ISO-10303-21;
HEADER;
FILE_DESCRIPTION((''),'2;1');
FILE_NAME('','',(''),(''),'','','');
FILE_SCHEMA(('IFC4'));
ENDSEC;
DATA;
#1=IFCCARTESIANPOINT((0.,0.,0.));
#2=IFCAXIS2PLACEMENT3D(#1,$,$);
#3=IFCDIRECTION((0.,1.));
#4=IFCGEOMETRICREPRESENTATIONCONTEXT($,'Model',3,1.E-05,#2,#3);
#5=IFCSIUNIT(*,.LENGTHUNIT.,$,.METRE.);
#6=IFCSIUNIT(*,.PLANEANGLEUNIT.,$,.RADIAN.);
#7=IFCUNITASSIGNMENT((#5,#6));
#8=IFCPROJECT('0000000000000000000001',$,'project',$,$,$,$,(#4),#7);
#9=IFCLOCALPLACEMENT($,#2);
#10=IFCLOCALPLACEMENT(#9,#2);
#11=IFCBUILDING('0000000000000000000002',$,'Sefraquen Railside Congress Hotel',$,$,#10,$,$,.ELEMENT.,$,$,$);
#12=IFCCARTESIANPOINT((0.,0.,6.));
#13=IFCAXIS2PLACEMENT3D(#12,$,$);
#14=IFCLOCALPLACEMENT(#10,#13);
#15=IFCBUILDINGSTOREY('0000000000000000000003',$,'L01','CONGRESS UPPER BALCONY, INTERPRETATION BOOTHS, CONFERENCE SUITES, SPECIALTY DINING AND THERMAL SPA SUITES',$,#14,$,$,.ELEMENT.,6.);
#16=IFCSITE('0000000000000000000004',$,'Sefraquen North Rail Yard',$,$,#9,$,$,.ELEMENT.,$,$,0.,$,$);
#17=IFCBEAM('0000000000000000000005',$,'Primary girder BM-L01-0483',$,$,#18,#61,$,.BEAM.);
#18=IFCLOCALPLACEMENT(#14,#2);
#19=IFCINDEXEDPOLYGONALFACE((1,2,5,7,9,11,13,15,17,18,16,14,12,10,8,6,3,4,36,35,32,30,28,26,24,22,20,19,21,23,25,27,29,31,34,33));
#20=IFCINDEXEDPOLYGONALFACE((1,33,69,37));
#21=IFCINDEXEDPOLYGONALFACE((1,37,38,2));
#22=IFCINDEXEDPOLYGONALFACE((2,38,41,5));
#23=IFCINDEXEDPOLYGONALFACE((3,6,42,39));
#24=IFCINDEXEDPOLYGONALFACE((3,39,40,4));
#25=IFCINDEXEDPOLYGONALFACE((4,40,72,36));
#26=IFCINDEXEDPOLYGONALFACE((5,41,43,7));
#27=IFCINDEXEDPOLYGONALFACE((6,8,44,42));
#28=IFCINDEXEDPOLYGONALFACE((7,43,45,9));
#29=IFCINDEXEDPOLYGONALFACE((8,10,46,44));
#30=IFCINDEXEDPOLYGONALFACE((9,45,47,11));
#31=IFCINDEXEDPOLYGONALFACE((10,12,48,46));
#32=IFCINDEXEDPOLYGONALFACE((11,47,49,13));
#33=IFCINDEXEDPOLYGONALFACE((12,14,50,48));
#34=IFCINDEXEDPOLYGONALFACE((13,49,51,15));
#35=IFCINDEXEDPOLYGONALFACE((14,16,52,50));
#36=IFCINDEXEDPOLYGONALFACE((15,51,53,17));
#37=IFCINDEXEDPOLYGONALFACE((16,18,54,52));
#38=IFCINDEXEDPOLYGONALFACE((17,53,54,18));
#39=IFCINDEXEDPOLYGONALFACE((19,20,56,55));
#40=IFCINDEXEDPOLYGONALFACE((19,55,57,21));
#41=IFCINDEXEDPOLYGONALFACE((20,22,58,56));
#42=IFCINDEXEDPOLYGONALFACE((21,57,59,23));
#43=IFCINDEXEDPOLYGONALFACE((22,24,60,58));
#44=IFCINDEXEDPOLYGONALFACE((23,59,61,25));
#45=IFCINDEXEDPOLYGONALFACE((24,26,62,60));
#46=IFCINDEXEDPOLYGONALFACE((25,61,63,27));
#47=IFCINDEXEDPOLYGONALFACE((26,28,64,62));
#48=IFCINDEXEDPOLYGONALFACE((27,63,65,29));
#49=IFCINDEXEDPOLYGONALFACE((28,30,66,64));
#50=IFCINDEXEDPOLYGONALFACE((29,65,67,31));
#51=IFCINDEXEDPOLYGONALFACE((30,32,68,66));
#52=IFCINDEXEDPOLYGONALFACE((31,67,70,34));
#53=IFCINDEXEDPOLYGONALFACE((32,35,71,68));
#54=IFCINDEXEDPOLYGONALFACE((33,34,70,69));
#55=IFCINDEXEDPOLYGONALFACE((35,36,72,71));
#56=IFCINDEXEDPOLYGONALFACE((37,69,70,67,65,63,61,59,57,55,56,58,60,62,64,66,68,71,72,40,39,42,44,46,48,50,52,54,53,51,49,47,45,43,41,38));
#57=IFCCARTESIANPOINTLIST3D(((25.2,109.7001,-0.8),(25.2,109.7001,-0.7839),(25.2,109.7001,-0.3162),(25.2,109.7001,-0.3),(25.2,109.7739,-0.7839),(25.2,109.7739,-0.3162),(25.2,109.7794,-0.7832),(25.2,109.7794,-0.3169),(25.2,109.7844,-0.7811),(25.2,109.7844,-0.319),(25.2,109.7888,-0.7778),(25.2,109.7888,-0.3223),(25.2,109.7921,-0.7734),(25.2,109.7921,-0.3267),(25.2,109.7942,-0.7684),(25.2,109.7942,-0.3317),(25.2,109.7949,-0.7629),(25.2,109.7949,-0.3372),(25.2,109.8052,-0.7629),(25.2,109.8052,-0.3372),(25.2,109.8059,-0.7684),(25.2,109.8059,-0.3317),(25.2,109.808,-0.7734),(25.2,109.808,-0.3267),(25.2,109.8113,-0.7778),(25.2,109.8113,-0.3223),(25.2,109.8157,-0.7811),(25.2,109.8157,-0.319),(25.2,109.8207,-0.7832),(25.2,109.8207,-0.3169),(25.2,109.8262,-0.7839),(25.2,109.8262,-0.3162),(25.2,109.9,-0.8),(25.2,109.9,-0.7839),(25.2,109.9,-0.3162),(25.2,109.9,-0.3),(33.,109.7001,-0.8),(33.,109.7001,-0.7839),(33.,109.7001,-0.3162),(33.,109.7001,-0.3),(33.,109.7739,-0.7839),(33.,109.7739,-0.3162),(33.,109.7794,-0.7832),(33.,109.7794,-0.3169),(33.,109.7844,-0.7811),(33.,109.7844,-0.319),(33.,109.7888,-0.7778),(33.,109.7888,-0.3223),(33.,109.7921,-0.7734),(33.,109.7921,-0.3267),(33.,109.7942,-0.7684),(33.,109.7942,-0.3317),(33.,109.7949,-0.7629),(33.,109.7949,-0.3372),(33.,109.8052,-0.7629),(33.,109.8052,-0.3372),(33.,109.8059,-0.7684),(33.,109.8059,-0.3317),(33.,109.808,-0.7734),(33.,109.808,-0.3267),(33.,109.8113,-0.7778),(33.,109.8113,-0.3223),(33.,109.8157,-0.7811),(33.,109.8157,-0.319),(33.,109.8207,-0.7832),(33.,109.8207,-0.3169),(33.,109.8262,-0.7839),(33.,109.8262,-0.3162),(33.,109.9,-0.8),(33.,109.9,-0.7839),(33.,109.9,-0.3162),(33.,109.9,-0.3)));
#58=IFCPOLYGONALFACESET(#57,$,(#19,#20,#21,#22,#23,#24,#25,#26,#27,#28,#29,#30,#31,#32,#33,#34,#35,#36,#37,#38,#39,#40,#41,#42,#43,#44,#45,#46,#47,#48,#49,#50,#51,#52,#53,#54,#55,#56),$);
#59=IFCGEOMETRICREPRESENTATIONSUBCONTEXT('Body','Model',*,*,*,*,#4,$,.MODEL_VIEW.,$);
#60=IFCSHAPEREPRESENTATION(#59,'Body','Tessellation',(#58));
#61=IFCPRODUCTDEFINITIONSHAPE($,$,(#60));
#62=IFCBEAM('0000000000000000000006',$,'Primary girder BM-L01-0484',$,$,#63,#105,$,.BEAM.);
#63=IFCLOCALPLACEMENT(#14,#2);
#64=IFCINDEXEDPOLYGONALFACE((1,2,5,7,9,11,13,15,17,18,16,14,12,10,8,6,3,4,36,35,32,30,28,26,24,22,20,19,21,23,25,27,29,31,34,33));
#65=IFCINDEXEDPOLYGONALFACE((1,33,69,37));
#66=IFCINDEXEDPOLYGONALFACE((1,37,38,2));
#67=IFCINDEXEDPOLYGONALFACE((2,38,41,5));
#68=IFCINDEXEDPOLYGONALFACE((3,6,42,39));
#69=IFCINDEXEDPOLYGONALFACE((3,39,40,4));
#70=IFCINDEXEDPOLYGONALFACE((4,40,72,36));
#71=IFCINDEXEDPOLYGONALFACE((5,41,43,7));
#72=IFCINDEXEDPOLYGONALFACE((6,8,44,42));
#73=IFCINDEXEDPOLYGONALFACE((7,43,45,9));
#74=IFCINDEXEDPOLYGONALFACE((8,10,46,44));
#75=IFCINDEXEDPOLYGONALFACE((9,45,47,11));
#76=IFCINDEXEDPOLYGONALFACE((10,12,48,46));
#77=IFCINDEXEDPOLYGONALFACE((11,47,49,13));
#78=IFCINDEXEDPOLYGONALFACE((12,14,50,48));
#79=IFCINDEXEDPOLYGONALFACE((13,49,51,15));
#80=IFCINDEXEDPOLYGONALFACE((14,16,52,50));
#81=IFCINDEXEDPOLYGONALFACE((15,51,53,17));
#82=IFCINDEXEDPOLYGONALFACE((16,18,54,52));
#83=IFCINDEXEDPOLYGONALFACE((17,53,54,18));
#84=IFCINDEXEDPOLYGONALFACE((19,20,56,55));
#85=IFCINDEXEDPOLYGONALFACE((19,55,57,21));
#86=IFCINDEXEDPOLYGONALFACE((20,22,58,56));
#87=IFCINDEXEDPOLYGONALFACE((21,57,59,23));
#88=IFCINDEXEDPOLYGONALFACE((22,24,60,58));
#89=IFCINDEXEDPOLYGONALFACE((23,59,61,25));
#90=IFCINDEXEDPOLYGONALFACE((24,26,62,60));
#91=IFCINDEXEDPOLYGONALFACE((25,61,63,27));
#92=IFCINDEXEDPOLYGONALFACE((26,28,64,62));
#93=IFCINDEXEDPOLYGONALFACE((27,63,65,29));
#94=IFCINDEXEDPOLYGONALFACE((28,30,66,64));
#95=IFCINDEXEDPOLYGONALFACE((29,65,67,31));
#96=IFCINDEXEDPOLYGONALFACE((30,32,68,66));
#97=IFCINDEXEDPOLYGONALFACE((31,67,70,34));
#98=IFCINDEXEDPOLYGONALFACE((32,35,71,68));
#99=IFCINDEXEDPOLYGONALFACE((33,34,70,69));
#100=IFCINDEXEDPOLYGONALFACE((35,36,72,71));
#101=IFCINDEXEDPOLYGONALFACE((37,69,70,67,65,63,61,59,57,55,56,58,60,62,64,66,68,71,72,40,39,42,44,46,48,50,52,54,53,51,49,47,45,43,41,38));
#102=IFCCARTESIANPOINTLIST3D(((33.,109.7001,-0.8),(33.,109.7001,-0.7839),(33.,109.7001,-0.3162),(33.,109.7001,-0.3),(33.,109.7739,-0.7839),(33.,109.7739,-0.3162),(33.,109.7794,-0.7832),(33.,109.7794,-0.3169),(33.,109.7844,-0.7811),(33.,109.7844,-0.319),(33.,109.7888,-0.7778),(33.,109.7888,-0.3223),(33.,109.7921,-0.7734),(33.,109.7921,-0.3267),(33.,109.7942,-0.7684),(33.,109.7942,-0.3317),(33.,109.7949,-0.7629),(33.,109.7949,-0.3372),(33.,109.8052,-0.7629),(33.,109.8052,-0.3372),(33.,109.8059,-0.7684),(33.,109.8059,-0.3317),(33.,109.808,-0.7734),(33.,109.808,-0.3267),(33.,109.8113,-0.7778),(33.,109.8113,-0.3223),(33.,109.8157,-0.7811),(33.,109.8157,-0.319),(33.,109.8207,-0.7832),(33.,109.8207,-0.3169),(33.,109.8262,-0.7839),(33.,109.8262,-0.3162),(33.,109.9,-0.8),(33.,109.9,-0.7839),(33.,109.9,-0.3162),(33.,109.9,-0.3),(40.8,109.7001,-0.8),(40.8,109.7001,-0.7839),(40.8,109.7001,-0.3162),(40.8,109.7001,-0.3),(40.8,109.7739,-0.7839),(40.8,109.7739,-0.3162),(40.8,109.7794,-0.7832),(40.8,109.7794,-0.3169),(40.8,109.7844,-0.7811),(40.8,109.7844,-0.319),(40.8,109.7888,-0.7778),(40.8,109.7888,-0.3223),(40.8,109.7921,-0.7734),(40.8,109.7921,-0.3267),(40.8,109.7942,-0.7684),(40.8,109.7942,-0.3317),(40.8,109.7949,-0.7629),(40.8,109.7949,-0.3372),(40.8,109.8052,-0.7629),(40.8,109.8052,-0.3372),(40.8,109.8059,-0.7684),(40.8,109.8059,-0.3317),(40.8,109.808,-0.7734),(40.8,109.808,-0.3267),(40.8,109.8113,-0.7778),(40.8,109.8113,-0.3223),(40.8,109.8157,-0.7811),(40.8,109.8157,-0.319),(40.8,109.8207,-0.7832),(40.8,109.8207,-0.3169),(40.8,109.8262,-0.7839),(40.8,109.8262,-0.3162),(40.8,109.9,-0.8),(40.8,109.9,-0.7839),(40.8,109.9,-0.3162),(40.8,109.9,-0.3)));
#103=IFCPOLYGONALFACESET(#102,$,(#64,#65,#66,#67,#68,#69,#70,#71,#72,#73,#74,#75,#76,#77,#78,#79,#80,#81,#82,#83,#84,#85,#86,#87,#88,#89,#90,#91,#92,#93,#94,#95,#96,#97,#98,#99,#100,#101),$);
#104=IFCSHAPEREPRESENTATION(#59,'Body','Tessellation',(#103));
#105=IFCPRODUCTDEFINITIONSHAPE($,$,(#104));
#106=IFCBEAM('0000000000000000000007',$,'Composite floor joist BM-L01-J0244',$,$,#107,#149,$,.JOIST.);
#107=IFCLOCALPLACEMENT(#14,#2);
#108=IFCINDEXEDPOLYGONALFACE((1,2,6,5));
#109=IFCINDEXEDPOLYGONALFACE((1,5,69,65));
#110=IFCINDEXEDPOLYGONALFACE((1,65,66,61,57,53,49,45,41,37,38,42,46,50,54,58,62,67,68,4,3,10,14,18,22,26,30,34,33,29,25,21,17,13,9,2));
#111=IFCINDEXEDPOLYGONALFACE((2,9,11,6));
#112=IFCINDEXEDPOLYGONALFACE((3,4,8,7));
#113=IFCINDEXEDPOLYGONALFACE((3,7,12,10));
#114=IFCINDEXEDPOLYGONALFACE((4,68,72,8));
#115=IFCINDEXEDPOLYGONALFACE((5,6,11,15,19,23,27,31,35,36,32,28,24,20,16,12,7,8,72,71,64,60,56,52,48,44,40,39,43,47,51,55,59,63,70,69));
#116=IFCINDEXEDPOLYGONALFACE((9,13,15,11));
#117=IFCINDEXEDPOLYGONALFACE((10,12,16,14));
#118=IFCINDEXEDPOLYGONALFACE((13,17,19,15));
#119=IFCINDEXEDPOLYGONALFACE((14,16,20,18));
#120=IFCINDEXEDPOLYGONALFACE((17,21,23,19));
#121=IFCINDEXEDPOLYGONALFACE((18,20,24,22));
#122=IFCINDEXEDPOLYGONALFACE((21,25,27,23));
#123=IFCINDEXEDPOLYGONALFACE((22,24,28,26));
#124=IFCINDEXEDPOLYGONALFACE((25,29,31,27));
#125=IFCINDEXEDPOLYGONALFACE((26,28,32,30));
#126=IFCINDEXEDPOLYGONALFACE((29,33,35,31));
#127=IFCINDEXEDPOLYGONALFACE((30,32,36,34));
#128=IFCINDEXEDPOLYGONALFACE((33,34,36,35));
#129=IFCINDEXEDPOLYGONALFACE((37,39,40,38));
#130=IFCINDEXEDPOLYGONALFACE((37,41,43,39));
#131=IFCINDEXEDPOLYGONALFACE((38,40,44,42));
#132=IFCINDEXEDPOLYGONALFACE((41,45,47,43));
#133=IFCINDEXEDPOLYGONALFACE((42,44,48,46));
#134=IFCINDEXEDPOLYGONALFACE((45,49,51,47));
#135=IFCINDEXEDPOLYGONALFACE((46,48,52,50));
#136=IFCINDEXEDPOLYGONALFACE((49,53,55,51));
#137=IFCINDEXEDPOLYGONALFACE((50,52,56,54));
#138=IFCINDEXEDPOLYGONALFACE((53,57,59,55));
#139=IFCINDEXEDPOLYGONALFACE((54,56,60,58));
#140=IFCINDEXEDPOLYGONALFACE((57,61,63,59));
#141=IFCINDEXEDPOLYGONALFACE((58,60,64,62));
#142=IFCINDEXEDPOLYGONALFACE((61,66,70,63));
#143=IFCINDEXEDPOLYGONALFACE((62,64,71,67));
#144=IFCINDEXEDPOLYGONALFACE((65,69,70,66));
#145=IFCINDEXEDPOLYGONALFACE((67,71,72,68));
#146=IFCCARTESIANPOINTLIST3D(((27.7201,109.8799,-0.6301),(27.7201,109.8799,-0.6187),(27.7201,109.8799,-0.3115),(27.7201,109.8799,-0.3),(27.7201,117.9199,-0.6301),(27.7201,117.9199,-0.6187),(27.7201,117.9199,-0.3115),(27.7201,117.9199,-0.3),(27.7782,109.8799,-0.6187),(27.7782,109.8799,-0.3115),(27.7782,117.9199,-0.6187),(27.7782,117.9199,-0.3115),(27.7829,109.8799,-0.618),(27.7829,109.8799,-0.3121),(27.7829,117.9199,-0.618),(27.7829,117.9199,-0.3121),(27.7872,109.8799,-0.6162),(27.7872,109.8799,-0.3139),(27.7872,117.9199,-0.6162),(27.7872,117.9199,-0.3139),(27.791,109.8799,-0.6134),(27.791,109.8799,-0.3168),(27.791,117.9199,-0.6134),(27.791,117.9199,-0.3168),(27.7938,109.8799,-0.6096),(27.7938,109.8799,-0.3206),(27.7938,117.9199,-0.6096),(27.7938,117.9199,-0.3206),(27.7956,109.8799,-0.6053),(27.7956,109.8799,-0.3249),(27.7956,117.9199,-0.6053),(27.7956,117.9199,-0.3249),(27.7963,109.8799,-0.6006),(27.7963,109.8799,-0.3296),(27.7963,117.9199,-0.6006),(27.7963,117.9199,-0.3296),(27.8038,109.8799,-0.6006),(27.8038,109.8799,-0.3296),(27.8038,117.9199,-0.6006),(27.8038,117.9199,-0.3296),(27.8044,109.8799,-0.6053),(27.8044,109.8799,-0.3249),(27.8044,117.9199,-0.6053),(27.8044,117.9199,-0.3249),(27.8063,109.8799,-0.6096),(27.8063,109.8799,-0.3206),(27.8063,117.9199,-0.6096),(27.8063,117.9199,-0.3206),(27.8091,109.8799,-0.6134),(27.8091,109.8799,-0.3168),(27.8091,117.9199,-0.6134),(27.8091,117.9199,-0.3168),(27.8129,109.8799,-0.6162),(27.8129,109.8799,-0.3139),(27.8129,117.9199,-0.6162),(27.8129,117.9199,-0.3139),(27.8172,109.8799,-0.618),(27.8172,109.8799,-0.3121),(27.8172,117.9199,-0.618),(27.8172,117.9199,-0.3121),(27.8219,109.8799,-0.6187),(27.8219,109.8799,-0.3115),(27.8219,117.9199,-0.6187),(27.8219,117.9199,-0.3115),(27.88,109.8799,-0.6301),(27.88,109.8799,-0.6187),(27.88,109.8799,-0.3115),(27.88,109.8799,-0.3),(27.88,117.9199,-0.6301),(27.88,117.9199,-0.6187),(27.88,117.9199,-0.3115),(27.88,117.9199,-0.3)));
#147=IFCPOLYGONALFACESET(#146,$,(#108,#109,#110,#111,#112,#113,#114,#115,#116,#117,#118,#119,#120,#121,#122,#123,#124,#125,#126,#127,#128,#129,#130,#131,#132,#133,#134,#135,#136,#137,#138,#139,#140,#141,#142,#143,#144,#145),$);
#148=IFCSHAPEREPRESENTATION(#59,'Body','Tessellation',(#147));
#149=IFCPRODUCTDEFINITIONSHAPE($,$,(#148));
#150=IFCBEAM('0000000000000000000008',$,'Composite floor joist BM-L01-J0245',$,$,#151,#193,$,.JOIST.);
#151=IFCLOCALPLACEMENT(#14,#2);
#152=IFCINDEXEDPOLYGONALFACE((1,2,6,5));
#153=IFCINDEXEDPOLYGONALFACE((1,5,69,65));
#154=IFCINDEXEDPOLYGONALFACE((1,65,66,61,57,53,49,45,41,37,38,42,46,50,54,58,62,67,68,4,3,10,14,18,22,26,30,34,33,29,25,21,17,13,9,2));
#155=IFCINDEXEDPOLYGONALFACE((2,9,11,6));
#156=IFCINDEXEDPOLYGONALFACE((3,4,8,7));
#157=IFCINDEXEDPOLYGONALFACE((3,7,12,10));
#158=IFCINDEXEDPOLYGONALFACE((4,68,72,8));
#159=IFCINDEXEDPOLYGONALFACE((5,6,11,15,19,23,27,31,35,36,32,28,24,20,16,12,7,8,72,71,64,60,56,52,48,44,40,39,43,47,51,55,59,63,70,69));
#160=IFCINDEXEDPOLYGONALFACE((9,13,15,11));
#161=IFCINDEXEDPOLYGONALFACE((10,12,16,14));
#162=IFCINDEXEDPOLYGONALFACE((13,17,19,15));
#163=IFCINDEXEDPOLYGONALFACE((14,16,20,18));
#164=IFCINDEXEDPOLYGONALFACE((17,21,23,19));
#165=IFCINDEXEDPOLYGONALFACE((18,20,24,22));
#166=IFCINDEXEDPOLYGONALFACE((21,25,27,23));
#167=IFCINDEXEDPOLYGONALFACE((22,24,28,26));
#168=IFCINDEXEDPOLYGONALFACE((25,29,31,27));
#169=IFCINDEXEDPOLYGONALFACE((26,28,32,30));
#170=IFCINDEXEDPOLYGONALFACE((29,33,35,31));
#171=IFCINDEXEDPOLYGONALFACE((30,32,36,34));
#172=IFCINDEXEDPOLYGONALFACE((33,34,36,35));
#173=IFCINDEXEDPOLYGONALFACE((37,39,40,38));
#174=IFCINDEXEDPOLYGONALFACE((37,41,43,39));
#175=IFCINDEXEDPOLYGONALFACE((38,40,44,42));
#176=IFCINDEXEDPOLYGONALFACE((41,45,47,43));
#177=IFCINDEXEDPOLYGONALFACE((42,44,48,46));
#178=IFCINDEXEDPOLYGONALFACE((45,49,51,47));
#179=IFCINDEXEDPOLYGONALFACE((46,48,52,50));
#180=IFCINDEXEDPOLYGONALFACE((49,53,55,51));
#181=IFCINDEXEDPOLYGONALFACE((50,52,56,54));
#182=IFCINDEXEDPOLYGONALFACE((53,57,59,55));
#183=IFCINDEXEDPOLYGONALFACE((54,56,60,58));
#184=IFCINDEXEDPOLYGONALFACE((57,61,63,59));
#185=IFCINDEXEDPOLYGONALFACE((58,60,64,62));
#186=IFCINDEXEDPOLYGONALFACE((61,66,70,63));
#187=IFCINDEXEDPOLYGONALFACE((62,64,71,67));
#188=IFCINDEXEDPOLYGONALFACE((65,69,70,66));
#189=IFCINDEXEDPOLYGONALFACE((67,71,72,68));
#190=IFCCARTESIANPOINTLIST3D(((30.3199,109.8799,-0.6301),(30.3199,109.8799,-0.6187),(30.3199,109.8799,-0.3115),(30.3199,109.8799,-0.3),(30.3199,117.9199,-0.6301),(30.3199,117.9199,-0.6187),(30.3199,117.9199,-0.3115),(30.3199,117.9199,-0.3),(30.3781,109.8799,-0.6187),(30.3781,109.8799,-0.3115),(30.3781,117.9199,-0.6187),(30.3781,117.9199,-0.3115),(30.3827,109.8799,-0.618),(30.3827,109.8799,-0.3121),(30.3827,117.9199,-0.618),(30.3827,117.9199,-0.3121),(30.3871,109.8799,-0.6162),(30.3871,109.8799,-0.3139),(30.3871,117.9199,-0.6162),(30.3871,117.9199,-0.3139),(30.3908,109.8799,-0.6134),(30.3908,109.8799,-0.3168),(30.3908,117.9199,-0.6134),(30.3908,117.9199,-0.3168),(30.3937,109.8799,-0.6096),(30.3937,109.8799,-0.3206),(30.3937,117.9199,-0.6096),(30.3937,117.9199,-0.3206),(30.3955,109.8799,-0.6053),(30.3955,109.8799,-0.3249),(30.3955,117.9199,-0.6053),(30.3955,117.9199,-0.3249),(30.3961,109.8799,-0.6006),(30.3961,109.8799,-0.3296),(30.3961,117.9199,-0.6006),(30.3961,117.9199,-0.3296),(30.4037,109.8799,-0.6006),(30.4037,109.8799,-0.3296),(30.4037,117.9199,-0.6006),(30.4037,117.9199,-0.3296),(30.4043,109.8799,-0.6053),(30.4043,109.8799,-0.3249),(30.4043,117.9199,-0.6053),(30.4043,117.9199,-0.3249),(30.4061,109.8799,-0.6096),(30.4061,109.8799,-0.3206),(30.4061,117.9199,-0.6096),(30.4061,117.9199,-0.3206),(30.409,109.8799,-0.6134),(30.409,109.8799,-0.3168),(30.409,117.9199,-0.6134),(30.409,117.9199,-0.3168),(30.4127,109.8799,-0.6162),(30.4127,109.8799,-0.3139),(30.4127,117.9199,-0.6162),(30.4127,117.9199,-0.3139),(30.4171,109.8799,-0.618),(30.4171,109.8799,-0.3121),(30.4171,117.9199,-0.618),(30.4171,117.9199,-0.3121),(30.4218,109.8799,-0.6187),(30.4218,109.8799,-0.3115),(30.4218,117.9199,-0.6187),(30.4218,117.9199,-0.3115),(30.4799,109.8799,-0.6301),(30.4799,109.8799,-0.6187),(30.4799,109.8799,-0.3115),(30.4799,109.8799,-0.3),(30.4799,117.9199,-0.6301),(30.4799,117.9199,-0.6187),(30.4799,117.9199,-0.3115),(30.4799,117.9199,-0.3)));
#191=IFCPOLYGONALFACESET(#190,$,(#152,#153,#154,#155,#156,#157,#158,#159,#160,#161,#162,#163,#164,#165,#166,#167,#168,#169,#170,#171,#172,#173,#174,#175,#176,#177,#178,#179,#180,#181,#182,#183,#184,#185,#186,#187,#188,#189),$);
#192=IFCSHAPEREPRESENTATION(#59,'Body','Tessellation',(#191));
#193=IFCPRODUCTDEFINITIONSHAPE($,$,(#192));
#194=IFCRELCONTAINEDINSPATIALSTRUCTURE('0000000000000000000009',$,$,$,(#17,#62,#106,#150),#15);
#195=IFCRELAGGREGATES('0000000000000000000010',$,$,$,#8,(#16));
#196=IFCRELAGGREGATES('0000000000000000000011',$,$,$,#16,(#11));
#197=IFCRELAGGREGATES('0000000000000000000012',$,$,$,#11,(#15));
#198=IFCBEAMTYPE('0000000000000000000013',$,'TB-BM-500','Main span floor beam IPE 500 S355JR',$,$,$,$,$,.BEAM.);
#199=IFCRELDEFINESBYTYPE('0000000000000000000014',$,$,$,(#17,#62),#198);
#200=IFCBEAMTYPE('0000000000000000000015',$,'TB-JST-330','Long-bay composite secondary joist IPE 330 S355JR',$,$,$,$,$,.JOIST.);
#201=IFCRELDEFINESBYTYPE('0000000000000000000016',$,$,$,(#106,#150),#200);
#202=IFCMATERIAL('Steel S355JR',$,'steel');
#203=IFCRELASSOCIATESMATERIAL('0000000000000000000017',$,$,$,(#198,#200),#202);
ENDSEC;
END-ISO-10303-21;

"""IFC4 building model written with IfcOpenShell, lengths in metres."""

from ifc_helpers import new_model, si_unit, direction, frame, origin, origin_2d, place, context, subcontext, project, spatial, i_section, extrude, material, material_profile, profile_set, type_object, element, save


model = new_model("IFC4")

# Units and contexts
model_context = context("Model", 3, precision=1e-05, world=origin(), true_north=direction((0.0, 1.0)))
body_context = subcontext(model_context, "Body", "Model", "MODEL_VIEW")
ifc_project = project(units=[si_unit("LENGTHUNIT", "METRE"), si_unit("PLANEANGLEUNIT", "RADIAN")], contexts=[model_context])

# Site, building, storey
site_placement = place(None, origin())
site = spatial("IfcSite", under=ifc_project, at=site_placement, Name="Sefraquen North Rail Yard", CompositionType="ELEMENT", RefElevation=0.0)
building_placement = place(site_placement, origin())
building = spatial("IfcBuilding", under=site, at=building_placement, Name="Sefraquen Railside Congress Hotel", CompositionType="ELEMENT")
storey_placement = place(building_placement, frame((0.0, 0.0, 6.0)))
storey = spatial("IfcBuildingStorey", under=building, at=storey_placement, Name="L01", Description="CONGRESS UPPER BALCONY, INTERPRETATION BOOTHS, CONFERENCE SUITES, SPECIALTY DINING AND THERMAL SPA SUITES", CompositionType="ELEMENT", Elevation=6.0)

# Beams
ifc_material_1 = material(Name="Steel S355JR", Category="steel")
ifc_material_profile_1 = material_profile(ifc_material_1, i_section(OverallWidth=0.2, OverallDepth=0.5, WebThickness=0.0103, FlangeThickness=0.0161, FilletRadius=0.021, at=origin_2d()), Name="IPE 500")
ifc_profile_set_1 = profile_set([ifc_material_profile_1], Name="Steel S355JR")
beam_type_1 = type_object("IfcBeamType", Name="TB-BM-500", Description="Main span floor beam IPE 500 S355JR", PredefinedType="BEAM", material=ifc_profile_set_1)
for number, where, z_axis, x_axis, name in (
    (1, (25.2, 109.8, -0.55), (1.0, 0.0, 0.0), (0.0, 1.0, 0.0), "Primary girder BM-L01-0483"),
    (2, (33.0, 109.8, -0.55), (1.0, 0.0, 0.0), (0.0, 1.0, 0.0), "Primary girder BM-L01-0484"),
):
    element("IfcBeam", number, at=place(storey_placement, frame(where, z_axis=z_axis, x_axis=x_axis)), inside=storey, type_object=beam_type_1, Name=name, PredefinedType="BEAM", context=body_context, shape_type="SweptSolid", body=[
        extrude(i_section(OverallWidth=0.2, OverallDepth=0.5, WebThickness=0.0103, FlangeThickness=0.0161, FilletRadius=0.021, at=origin_2d()), origin(), (0.0, 0.0, 1.0), 7.8),
    ])
ifc_material_profile_2 = material_profile(ifc_material_1, i_section(OverallWidth=0.1599, OverallDepth=0.3301, WebThickness=0.0076, FlangeThickness=0.0115, FilletRadius=0.0181, at=origin_2d()), Name="IPE 330")
ifc_profile_set_2 = profile_set([ifc_material_profile_2], Name="Steel S355JR")
beam_type_2 = type_object("IfcBeamType", Name="TB-JST-330", Description="Long-bay composite secondary joist IPE 330 S355JR", PredefinedType="JOIST", material=ifc_profile_set_2)
for number, where, z_axis, x_axis, name in (
    (3, (27.8, 109.8799, -0.4651), (0.0, 1.0, 0.0), (-1.0, 0.0, 0.0), "Composite floor joist BM-L01-J0244"),
    (4, (30.3999, 109.8799, -0.4651), (0.0, 1.0, 0.0), (-1.0, 0.0, 0.0), "Composite floor joist BM-L01-J0245"),
):
    element("IfcBeam", number, at=place(storey_placement, frame(where, z_axis=z_axis, x_axis=x_axis)), inside=storey, type_object=beam_type_2, Name=name, PredefinedType="JOIST", context=body_context, shape_type="SweptSolid", body=[
        extrude(i_section(OverallWidth=0.1599, OverallDepth=0.3301, WebThickness=0.0076, FlangeThickness=0.0115, FilletRadius=0.0181, at=origin_2d()), origin(), (0.0, 0.0, 1.0), 8.04),
    ])

save(model, "model.ifc")
